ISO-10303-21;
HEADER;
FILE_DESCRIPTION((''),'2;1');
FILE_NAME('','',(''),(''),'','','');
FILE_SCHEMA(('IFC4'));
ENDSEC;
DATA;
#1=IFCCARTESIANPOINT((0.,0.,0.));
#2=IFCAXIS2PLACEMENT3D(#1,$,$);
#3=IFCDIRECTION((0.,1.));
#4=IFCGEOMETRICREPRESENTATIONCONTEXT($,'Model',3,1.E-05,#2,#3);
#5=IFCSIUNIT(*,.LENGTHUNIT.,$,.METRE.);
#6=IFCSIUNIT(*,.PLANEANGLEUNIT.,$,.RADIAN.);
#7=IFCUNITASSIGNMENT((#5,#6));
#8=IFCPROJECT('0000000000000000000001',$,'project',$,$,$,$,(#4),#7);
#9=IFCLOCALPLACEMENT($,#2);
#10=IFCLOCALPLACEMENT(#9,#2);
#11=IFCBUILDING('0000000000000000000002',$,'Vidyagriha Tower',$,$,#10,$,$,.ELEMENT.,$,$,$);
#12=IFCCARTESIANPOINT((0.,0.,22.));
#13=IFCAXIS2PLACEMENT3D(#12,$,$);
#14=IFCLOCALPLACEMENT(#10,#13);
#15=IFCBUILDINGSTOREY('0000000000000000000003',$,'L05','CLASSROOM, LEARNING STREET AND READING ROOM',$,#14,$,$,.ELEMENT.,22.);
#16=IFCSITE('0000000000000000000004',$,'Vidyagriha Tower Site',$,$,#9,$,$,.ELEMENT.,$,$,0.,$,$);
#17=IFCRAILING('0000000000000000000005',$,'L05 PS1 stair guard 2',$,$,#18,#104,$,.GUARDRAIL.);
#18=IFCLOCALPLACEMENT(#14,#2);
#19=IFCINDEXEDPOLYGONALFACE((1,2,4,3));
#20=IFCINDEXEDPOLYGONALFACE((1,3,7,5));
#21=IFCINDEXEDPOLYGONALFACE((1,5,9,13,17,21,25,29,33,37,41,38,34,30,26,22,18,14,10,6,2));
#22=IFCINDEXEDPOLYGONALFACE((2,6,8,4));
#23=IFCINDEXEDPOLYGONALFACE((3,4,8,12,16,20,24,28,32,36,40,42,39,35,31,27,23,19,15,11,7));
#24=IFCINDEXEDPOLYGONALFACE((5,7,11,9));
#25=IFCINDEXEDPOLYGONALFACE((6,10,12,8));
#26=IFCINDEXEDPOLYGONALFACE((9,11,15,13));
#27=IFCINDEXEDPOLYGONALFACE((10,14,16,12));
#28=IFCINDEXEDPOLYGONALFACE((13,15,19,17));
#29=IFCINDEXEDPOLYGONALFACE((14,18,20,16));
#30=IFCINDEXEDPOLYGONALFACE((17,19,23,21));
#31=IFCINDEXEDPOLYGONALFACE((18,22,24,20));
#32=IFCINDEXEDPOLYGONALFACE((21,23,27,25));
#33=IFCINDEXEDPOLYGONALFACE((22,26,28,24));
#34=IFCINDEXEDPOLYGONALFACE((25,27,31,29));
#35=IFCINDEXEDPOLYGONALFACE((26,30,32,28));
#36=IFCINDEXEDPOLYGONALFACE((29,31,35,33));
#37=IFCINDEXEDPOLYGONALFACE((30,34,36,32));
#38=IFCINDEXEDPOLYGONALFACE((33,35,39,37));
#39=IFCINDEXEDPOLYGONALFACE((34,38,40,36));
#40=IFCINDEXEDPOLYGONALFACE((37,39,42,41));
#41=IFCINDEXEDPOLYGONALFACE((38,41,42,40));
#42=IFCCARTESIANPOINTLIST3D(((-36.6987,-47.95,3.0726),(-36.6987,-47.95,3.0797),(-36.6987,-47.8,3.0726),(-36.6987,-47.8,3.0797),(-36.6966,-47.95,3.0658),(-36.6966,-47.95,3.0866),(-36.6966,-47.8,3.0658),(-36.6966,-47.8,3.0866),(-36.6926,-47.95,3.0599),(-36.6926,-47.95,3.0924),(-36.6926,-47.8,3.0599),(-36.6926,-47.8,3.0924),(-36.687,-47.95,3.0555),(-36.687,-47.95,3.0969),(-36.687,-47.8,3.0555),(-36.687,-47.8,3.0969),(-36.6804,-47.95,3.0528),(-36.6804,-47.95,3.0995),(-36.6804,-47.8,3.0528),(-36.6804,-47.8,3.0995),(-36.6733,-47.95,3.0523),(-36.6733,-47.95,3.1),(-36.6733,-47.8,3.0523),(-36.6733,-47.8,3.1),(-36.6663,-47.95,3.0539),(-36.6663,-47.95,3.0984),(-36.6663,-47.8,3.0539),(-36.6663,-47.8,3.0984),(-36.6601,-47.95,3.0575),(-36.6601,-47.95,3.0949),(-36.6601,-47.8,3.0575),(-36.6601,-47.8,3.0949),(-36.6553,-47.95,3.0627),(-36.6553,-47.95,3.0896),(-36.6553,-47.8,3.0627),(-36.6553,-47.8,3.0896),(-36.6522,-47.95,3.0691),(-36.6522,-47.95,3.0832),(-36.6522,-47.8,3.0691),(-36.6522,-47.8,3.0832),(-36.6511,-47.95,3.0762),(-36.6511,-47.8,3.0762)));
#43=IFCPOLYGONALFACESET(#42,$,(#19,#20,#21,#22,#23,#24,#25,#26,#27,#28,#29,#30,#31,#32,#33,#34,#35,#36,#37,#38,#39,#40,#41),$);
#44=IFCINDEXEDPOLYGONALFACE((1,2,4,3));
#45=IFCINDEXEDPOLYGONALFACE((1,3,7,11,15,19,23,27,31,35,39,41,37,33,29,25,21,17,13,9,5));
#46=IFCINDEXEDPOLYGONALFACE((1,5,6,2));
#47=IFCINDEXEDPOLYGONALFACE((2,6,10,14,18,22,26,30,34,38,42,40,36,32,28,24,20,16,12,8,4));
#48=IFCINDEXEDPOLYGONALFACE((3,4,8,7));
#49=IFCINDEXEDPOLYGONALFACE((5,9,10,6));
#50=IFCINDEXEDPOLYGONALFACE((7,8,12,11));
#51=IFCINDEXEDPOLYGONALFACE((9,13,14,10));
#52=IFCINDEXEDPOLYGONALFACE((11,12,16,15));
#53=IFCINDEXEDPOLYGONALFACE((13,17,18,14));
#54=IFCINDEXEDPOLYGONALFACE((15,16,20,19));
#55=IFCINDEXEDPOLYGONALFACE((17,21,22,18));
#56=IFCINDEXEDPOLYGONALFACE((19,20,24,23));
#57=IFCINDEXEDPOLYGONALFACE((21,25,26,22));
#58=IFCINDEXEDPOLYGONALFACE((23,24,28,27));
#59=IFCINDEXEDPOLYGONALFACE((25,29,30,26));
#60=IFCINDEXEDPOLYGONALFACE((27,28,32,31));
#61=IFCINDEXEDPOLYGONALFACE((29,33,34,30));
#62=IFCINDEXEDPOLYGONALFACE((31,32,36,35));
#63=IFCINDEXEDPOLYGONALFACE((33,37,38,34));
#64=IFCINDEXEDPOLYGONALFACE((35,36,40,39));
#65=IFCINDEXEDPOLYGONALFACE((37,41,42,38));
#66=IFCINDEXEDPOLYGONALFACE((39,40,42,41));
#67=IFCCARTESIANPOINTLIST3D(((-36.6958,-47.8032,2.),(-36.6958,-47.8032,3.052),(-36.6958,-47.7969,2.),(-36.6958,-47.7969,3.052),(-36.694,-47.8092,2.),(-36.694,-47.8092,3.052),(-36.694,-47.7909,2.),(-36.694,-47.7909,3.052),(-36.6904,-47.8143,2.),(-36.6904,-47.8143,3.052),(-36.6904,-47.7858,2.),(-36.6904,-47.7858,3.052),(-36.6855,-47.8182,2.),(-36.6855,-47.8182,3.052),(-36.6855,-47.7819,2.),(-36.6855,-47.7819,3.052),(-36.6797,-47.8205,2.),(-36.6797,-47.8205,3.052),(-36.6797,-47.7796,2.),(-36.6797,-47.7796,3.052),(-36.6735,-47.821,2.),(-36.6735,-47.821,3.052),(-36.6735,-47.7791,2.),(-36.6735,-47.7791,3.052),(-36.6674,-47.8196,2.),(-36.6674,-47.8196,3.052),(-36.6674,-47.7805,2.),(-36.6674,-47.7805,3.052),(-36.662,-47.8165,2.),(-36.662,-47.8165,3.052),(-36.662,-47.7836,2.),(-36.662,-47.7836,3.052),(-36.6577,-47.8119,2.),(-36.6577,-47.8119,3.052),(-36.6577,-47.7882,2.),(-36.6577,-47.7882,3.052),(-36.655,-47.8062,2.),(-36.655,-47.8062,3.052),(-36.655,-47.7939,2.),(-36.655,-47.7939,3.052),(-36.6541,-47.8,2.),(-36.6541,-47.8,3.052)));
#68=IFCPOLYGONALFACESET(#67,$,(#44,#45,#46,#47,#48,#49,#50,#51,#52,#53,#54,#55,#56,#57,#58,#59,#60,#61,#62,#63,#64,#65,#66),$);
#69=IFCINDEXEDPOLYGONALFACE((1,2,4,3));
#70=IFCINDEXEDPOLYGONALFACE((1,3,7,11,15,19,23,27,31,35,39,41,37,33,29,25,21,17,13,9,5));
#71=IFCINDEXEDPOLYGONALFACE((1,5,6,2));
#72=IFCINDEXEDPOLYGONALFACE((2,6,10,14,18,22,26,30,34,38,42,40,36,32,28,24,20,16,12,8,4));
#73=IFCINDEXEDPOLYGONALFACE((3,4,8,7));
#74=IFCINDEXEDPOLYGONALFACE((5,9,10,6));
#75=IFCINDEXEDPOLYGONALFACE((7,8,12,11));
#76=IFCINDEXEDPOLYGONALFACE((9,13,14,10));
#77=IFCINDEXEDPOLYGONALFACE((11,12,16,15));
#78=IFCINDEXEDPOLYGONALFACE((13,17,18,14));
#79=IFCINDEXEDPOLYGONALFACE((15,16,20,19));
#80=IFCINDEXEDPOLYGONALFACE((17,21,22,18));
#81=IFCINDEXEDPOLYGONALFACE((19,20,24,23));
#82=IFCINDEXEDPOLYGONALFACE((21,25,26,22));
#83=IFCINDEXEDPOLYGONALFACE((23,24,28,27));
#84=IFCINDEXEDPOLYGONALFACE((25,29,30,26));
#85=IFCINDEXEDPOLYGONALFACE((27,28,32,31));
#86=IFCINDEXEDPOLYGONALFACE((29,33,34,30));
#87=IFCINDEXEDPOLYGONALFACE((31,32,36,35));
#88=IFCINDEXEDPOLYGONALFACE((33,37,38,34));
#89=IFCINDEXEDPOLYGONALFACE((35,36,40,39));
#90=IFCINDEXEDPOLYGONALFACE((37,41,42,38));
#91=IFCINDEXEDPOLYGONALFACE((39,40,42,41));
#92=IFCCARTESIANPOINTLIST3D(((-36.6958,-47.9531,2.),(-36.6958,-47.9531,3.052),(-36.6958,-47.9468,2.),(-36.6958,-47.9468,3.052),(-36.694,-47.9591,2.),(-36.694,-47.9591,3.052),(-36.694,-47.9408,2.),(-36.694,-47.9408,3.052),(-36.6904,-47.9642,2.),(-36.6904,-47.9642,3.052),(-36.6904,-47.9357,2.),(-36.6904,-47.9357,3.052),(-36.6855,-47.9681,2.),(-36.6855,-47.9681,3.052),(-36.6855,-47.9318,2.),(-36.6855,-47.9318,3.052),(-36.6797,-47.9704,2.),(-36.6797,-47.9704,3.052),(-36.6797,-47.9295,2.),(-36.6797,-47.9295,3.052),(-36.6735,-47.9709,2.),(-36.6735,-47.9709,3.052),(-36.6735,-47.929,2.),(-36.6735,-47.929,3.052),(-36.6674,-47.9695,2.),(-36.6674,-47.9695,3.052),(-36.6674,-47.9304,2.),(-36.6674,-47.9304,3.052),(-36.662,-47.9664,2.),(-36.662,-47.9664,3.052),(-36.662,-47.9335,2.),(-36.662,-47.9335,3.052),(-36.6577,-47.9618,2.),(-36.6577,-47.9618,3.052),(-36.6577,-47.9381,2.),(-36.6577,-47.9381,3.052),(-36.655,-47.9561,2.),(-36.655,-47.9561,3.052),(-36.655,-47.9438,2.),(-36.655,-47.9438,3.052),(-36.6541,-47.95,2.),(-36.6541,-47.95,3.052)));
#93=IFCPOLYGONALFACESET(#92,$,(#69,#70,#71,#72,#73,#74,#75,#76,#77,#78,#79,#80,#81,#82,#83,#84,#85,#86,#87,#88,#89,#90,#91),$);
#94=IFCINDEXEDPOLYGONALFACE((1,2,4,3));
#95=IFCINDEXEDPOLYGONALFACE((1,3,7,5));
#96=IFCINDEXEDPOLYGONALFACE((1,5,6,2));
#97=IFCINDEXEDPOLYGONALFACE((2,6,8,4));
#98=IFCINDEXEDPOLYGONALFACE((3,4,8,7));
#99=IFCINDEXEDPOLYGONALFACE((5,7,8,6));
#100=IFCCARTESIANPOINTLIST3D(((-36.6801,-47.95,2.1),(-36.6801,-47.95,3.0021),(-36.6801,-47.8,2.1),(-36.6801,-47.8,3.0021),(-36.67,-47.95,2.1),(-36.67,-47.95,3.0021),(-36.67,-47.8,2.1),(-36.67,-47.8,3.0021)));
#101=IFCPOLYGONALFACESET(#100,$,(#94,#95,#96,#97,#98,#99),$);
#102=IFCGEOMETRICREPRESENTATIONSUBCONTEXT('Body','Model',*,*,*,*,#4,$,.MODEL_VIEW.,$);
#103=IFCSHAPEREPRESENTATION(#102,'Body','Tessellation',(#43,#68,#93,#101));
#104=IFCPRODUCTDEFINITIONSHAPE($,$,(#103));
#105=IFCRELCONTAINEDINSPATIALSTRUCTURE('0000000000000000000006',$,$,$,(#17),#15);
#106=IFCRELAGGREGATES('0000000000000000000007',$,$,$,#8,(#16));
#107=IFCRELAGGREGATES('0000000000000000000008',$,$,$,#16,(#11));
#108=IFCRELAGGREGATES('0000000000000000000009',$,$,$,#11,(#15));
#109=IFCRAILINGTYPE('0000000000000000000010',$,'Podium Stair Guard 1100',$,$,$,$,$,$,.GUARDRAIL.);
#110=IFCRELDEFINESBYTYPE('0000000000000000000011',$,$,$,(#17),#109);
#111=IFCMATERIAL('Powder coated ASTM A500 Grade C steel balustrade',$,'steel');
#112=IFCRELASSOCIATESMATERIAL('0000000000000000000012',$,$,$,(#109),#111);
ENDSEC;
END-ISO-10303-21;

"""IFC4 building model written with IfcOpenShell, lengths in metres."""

from ifc_helpers import new_model, si_unit, direction, frame, origin, origin_2d, place, context, subcontext, project, spatial, rectangle, circle, extrude, material, type_object, element, save


model = new_model("IFC4")

# Units and contexts
model_context = context("Model", 3, precision=1e-05, world=origin(), true_north=direction((0.0, 1.0)))
body_context = subcontext(model_context, "Body", "Model", "MODEL_VIEW")
ifc_project = project(units=[si_unit("LENGTHUNIT", "METRE"), si_unit("PLANEANGLEUNIT", "RADIAN")], contexts=[model_context])

# Site, building, storey
site_placement = place(None, origin())
site = spatial("IfcSite", under=ifc_project, at=site_placement, Name="Vidyagriha Tower Site", CompositionType="ELEMENT", RefElevation=0.0)
building_placement = place(site_placement, origin())
building = spatial("IfcBuilding", under=site, at=building_placement, Name="Vidyagriha Tower", CompositionType="ELEMENT")
storey_placement = place(building_placement, frame((0.0, 0.0, 22.0)))
storey = spatial("IfcBuildingStorey", under=building, at=storey_placement, Name="L05", Description="CLASSROOM, LEARNING STREET AND READING ROOM", CompositionType="ELEMENT", Elevation=22.0)

# Railing
ifc_material_1 = material(Name="Powder coated ASTM A500 Grade C steel balustrade", Category="steel")
railing_type_1 = type_object("IfcRailingType", Name="Podium Stair Guard 1100", PredefinedType="GUARDRAIL", material=ifc_material_1)
railing_1_placement = place(storey_placement, frame((-36.675, -47.8, 2.0)))
element("IfcRailing", 1, at=railing_1_placement, inside=storey, type_object=railing_type_1, Name="L05 PS1 stair guard 2", PredefinedType="GUARDRAIL", context=body_context, shape_type="SweptSolid", body=[
    extrude(circle(Radius=0.0239, at=origin_2d()), frame((0.0, 0.0, 1.0762), z_axis=(0.0, -1.0, 0.0), x_axis=(1.0, 0.0, 0.0)), (0.0, 0.0, 1.0), 0.1499),
    extrude(circle(Radius=0.021, at=origin_2d()), origin(), (0.0, 0.0, 1.0), 1.052),
    extrude(circle(Radius=0.021, at=origin_2d()), frame((0.0, -0.1499, 0.0)), (0.0, 0.0, 1.0), 1.052),
    extrude(rectangle(XDim=0.01, YDim=0.9021, at=origin_2d()), frame((0.0, 0.0, 0.551), z_axis=(0.0, -1.0, 0.0), x_axis=(1.0, 0.0, 0.0)), (0.0, 0.0, 1.0), 0.1499),
])

save(model, "model.ifc")
